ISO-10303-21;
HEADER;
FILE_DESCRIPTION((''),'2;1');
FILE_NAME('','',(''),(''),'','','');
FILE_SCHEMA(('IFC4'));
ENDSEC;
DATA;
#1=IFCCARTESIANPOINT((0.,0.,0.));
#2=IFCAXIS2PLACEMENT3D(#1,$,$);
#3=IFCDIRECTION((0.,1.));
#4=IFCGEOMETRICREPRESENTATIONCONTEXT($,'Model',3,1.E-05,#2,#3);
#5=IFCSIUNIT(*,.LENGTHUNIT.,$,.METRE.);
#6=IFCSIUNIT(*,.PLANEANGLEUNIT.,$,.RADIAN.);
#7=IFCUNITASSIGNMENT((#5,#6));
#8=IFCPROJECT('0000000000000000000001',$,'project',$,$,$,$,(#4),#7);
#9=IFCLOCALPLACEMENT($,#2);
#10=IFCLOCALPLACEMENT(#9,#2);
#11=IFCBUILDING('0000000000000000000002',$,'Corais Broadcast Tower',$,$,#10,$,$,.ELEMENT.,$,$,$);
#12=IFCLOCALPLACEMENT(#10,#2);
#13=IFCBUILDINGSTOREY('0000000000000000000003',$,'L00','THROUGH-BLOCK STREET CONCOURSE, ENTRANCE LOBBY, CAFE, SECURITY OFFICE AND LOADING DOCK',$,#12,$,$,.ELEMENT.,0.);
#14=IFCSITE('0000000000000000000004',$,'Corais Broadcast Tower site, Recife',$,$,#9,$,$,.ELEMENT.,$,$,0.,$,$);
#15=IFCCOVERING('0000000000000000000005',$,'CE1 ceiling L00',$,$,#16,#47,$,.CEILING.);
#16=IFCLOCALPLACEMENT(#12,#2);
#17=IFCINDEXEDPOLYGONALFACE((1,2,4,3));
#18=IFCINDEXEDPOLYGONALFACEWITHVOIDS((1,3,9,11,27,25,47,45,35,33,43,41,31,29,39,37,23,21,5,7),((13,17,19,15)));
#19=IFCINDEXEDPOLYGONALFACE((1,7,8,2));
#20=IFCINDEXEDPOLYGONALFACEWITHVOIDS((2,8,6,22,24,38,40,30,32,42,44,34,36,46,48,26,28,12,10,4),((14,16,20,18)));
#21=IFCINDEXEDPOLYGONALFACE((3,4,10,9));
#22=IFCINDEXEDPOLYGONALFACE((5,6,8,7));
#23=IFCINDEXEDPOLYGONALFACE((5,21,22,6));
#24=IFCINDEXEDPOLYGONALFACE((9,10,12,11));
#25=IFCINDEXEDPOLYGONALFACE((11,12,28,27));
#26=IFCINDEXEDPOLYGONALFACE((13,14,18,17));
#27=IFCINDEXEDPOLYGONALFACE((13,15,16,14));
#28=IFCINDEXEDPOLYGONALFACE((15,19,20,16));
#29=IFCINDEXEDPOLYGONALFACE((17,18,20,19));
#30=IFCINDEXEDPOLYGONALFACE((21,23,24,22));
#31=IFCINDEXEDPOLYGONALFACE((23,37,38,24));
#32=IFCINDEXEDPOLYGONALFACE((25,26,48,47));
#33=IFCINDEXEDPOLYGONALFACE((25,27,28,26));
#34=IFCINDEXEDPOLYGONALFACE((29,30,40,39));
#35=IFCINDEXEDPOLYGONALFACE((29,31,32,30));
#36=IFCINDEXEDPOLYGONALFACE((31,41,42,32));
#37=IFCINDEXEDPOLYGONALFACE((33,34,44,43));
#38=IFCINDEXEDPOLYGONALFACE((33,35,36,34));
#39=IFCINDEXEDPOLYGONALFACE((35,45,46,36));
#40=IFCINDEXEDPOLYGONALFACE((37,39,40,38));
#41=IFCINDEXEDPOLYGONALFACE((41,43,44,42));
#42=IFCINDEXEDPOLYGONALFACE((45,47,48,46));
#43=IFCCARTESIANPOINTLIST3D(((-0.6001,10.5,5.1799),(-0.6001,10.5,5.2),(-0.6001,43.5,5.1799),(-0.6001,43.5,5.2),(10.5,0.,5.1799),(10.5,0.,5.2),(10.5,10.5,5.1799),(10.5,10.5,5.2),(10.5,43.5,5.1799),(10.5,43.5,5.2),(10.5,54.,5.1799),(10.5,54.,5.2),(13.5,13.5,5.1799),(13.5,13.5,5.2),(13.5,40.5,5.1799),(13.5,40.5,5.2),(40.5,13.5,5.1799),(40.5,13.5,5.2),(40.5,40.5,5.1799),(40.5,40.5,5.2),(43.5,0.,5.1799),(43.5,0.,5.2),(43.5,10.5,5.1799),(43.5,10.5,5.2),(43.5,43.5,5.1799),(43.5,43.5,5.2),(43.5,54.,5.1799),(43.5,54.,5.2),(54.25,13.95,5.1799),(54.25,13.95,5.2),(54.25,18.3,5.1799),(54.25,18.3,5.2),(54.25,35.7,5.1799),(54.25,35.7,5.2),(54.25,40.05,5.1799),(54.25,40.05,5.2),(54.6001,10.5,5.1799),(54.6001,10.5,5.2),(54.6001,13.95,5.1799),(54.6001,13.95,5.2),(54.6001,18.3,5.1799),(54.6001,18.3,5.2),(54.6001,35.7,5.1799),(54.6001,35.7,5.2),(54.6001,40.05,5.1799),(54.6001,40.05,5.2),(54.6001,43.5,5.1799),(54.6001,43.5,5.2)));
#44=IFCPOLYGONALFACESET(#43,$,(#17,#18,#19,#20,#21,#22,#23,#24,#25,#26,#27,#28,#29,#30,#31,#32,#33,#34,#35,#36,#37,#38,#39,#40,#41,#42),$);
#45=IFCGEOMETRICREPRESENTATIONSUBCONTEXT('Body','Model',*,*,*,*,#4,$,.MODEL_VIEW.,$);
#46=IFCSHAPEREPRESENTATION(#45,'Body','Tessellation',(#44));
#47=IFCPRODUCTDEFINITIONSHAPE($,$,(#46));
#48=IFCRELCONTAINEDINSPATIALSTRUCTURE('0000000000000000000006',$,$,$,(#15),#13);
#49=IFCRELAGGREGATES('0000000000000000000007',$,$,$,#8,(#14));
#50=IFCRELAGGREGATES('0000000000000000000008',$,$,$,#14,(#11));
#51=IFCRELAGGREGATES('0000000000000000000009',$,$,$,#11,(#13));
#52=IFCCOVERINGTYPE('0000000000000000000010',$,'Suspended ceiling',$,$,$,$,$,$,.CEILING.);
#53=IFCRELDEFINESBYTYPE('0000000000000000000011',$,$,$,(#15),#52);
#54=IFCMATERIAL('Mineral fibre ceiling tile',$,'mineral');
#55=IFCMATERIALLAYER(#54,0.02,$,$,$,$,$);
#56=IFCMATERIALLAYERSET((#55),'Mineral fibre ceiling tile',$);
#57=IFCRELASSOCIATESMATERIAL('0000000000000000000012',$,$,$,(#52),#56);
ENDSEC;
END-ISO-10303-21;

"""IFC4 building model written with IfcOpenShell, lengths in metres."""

from ifc_helpers import new_model, si_unit, direction, frame, origin, place, context, subcontext, project, spatial, polyline, outline, extrude, material, layer, layer_set, type_object, element, save


model = new_model("IFC4")

# Units and contexts
model_context = context("Model", 3, precision=1e-05, world=origin(), true_north=direction((0.0, 1.0)))
body_context = subcontext(model_context, "Body", "Model", "MODEL_VIEW")
ifc_project = project(units=[si_unit("LENGTHUNIT", "METRE"), si_unit("PLANEANGLEUNIT", "RADIAN")], contexts=[model_context])

# Site, building, storey
site_placement = place(None, origin())
site = spatial("IfcSite", under=ifc_project, at=site_placement, Name="Corais Broadcast Tower site, Recife", CompositionType="ELEMENT", RefElevation=0.0)
building_placement = place(site_placement, origin())
building = spatial("IfcBuilding", under=site, at=building_placement, Name="Corais Broadcast Tower", CompositionType="ELEMENT")
storey_placement = place(building_placement, origin())
storey = spatial("IfcBuildingStorey", under=building, at=storey_placement, Name="L00", Description="THROUGH-BLOCK STREET CONCOURSE, ENTRANCE LOBBY, CAFE, SECURITY OFFICE AND LOADING DOCK", CompositionType="ELEMENT", Elevation=0.0)

# Covering
ifc_material_1 = material(Name="Mineral fibre ceiling tile", Category="mineral")
ifc_layer_1 = layer(ifc_material_1, 0.02)
ifc_layer_set_1 = layer_set([ifc_layer_1], Name="Mineral fibre ceiling tile")
covering_type_1 = type_object("IfcCoveringType", Name="Suspended ceiling", PredefinedType="CEILING", material=ifc_layer_set_1)
covering_1_placement = place(storey_placement, frame((0.0, 0.0, 5.1799)))
element("IfcCovering", 1, at=covering_1_placement, inside=storey, type_object=covering_type_1, Name="CE1 ceiling L00", PredefinedType="CEILING", context=body_context, shape_type="SweptSolid", body=[
    extrude(outline(polyline([(-0.6001, 10.5), (-0.6001, 43.5), (10.5, 43.5), (10.5, 54.0), (43.5, 54.0), (43.5, 43.5), (54.6001, 43.5), (54.6001, 40.05), (54.25, 40.05), (54.25, 35.7), (54.6001, 35.7), (54.6001, 18.3), (54.25, 18.3), (54.25, 13.95), (54.6001, 13.95), (54.6001, 10.5), (43.5, 10.5), (43.5, 0.0), (10.5, 0.0), (10.5, 10.5), (-0.6001, 10.5)]), holes=[polyline([(40.5, 40.5), (13.5, 40.5), (13.5, 13.5), (40.5, 13.5), (40.5, 40.5)])]), origin(), (0.0, 0.0, 1.0), 0.02),
])

save(model, "model.ifc")
